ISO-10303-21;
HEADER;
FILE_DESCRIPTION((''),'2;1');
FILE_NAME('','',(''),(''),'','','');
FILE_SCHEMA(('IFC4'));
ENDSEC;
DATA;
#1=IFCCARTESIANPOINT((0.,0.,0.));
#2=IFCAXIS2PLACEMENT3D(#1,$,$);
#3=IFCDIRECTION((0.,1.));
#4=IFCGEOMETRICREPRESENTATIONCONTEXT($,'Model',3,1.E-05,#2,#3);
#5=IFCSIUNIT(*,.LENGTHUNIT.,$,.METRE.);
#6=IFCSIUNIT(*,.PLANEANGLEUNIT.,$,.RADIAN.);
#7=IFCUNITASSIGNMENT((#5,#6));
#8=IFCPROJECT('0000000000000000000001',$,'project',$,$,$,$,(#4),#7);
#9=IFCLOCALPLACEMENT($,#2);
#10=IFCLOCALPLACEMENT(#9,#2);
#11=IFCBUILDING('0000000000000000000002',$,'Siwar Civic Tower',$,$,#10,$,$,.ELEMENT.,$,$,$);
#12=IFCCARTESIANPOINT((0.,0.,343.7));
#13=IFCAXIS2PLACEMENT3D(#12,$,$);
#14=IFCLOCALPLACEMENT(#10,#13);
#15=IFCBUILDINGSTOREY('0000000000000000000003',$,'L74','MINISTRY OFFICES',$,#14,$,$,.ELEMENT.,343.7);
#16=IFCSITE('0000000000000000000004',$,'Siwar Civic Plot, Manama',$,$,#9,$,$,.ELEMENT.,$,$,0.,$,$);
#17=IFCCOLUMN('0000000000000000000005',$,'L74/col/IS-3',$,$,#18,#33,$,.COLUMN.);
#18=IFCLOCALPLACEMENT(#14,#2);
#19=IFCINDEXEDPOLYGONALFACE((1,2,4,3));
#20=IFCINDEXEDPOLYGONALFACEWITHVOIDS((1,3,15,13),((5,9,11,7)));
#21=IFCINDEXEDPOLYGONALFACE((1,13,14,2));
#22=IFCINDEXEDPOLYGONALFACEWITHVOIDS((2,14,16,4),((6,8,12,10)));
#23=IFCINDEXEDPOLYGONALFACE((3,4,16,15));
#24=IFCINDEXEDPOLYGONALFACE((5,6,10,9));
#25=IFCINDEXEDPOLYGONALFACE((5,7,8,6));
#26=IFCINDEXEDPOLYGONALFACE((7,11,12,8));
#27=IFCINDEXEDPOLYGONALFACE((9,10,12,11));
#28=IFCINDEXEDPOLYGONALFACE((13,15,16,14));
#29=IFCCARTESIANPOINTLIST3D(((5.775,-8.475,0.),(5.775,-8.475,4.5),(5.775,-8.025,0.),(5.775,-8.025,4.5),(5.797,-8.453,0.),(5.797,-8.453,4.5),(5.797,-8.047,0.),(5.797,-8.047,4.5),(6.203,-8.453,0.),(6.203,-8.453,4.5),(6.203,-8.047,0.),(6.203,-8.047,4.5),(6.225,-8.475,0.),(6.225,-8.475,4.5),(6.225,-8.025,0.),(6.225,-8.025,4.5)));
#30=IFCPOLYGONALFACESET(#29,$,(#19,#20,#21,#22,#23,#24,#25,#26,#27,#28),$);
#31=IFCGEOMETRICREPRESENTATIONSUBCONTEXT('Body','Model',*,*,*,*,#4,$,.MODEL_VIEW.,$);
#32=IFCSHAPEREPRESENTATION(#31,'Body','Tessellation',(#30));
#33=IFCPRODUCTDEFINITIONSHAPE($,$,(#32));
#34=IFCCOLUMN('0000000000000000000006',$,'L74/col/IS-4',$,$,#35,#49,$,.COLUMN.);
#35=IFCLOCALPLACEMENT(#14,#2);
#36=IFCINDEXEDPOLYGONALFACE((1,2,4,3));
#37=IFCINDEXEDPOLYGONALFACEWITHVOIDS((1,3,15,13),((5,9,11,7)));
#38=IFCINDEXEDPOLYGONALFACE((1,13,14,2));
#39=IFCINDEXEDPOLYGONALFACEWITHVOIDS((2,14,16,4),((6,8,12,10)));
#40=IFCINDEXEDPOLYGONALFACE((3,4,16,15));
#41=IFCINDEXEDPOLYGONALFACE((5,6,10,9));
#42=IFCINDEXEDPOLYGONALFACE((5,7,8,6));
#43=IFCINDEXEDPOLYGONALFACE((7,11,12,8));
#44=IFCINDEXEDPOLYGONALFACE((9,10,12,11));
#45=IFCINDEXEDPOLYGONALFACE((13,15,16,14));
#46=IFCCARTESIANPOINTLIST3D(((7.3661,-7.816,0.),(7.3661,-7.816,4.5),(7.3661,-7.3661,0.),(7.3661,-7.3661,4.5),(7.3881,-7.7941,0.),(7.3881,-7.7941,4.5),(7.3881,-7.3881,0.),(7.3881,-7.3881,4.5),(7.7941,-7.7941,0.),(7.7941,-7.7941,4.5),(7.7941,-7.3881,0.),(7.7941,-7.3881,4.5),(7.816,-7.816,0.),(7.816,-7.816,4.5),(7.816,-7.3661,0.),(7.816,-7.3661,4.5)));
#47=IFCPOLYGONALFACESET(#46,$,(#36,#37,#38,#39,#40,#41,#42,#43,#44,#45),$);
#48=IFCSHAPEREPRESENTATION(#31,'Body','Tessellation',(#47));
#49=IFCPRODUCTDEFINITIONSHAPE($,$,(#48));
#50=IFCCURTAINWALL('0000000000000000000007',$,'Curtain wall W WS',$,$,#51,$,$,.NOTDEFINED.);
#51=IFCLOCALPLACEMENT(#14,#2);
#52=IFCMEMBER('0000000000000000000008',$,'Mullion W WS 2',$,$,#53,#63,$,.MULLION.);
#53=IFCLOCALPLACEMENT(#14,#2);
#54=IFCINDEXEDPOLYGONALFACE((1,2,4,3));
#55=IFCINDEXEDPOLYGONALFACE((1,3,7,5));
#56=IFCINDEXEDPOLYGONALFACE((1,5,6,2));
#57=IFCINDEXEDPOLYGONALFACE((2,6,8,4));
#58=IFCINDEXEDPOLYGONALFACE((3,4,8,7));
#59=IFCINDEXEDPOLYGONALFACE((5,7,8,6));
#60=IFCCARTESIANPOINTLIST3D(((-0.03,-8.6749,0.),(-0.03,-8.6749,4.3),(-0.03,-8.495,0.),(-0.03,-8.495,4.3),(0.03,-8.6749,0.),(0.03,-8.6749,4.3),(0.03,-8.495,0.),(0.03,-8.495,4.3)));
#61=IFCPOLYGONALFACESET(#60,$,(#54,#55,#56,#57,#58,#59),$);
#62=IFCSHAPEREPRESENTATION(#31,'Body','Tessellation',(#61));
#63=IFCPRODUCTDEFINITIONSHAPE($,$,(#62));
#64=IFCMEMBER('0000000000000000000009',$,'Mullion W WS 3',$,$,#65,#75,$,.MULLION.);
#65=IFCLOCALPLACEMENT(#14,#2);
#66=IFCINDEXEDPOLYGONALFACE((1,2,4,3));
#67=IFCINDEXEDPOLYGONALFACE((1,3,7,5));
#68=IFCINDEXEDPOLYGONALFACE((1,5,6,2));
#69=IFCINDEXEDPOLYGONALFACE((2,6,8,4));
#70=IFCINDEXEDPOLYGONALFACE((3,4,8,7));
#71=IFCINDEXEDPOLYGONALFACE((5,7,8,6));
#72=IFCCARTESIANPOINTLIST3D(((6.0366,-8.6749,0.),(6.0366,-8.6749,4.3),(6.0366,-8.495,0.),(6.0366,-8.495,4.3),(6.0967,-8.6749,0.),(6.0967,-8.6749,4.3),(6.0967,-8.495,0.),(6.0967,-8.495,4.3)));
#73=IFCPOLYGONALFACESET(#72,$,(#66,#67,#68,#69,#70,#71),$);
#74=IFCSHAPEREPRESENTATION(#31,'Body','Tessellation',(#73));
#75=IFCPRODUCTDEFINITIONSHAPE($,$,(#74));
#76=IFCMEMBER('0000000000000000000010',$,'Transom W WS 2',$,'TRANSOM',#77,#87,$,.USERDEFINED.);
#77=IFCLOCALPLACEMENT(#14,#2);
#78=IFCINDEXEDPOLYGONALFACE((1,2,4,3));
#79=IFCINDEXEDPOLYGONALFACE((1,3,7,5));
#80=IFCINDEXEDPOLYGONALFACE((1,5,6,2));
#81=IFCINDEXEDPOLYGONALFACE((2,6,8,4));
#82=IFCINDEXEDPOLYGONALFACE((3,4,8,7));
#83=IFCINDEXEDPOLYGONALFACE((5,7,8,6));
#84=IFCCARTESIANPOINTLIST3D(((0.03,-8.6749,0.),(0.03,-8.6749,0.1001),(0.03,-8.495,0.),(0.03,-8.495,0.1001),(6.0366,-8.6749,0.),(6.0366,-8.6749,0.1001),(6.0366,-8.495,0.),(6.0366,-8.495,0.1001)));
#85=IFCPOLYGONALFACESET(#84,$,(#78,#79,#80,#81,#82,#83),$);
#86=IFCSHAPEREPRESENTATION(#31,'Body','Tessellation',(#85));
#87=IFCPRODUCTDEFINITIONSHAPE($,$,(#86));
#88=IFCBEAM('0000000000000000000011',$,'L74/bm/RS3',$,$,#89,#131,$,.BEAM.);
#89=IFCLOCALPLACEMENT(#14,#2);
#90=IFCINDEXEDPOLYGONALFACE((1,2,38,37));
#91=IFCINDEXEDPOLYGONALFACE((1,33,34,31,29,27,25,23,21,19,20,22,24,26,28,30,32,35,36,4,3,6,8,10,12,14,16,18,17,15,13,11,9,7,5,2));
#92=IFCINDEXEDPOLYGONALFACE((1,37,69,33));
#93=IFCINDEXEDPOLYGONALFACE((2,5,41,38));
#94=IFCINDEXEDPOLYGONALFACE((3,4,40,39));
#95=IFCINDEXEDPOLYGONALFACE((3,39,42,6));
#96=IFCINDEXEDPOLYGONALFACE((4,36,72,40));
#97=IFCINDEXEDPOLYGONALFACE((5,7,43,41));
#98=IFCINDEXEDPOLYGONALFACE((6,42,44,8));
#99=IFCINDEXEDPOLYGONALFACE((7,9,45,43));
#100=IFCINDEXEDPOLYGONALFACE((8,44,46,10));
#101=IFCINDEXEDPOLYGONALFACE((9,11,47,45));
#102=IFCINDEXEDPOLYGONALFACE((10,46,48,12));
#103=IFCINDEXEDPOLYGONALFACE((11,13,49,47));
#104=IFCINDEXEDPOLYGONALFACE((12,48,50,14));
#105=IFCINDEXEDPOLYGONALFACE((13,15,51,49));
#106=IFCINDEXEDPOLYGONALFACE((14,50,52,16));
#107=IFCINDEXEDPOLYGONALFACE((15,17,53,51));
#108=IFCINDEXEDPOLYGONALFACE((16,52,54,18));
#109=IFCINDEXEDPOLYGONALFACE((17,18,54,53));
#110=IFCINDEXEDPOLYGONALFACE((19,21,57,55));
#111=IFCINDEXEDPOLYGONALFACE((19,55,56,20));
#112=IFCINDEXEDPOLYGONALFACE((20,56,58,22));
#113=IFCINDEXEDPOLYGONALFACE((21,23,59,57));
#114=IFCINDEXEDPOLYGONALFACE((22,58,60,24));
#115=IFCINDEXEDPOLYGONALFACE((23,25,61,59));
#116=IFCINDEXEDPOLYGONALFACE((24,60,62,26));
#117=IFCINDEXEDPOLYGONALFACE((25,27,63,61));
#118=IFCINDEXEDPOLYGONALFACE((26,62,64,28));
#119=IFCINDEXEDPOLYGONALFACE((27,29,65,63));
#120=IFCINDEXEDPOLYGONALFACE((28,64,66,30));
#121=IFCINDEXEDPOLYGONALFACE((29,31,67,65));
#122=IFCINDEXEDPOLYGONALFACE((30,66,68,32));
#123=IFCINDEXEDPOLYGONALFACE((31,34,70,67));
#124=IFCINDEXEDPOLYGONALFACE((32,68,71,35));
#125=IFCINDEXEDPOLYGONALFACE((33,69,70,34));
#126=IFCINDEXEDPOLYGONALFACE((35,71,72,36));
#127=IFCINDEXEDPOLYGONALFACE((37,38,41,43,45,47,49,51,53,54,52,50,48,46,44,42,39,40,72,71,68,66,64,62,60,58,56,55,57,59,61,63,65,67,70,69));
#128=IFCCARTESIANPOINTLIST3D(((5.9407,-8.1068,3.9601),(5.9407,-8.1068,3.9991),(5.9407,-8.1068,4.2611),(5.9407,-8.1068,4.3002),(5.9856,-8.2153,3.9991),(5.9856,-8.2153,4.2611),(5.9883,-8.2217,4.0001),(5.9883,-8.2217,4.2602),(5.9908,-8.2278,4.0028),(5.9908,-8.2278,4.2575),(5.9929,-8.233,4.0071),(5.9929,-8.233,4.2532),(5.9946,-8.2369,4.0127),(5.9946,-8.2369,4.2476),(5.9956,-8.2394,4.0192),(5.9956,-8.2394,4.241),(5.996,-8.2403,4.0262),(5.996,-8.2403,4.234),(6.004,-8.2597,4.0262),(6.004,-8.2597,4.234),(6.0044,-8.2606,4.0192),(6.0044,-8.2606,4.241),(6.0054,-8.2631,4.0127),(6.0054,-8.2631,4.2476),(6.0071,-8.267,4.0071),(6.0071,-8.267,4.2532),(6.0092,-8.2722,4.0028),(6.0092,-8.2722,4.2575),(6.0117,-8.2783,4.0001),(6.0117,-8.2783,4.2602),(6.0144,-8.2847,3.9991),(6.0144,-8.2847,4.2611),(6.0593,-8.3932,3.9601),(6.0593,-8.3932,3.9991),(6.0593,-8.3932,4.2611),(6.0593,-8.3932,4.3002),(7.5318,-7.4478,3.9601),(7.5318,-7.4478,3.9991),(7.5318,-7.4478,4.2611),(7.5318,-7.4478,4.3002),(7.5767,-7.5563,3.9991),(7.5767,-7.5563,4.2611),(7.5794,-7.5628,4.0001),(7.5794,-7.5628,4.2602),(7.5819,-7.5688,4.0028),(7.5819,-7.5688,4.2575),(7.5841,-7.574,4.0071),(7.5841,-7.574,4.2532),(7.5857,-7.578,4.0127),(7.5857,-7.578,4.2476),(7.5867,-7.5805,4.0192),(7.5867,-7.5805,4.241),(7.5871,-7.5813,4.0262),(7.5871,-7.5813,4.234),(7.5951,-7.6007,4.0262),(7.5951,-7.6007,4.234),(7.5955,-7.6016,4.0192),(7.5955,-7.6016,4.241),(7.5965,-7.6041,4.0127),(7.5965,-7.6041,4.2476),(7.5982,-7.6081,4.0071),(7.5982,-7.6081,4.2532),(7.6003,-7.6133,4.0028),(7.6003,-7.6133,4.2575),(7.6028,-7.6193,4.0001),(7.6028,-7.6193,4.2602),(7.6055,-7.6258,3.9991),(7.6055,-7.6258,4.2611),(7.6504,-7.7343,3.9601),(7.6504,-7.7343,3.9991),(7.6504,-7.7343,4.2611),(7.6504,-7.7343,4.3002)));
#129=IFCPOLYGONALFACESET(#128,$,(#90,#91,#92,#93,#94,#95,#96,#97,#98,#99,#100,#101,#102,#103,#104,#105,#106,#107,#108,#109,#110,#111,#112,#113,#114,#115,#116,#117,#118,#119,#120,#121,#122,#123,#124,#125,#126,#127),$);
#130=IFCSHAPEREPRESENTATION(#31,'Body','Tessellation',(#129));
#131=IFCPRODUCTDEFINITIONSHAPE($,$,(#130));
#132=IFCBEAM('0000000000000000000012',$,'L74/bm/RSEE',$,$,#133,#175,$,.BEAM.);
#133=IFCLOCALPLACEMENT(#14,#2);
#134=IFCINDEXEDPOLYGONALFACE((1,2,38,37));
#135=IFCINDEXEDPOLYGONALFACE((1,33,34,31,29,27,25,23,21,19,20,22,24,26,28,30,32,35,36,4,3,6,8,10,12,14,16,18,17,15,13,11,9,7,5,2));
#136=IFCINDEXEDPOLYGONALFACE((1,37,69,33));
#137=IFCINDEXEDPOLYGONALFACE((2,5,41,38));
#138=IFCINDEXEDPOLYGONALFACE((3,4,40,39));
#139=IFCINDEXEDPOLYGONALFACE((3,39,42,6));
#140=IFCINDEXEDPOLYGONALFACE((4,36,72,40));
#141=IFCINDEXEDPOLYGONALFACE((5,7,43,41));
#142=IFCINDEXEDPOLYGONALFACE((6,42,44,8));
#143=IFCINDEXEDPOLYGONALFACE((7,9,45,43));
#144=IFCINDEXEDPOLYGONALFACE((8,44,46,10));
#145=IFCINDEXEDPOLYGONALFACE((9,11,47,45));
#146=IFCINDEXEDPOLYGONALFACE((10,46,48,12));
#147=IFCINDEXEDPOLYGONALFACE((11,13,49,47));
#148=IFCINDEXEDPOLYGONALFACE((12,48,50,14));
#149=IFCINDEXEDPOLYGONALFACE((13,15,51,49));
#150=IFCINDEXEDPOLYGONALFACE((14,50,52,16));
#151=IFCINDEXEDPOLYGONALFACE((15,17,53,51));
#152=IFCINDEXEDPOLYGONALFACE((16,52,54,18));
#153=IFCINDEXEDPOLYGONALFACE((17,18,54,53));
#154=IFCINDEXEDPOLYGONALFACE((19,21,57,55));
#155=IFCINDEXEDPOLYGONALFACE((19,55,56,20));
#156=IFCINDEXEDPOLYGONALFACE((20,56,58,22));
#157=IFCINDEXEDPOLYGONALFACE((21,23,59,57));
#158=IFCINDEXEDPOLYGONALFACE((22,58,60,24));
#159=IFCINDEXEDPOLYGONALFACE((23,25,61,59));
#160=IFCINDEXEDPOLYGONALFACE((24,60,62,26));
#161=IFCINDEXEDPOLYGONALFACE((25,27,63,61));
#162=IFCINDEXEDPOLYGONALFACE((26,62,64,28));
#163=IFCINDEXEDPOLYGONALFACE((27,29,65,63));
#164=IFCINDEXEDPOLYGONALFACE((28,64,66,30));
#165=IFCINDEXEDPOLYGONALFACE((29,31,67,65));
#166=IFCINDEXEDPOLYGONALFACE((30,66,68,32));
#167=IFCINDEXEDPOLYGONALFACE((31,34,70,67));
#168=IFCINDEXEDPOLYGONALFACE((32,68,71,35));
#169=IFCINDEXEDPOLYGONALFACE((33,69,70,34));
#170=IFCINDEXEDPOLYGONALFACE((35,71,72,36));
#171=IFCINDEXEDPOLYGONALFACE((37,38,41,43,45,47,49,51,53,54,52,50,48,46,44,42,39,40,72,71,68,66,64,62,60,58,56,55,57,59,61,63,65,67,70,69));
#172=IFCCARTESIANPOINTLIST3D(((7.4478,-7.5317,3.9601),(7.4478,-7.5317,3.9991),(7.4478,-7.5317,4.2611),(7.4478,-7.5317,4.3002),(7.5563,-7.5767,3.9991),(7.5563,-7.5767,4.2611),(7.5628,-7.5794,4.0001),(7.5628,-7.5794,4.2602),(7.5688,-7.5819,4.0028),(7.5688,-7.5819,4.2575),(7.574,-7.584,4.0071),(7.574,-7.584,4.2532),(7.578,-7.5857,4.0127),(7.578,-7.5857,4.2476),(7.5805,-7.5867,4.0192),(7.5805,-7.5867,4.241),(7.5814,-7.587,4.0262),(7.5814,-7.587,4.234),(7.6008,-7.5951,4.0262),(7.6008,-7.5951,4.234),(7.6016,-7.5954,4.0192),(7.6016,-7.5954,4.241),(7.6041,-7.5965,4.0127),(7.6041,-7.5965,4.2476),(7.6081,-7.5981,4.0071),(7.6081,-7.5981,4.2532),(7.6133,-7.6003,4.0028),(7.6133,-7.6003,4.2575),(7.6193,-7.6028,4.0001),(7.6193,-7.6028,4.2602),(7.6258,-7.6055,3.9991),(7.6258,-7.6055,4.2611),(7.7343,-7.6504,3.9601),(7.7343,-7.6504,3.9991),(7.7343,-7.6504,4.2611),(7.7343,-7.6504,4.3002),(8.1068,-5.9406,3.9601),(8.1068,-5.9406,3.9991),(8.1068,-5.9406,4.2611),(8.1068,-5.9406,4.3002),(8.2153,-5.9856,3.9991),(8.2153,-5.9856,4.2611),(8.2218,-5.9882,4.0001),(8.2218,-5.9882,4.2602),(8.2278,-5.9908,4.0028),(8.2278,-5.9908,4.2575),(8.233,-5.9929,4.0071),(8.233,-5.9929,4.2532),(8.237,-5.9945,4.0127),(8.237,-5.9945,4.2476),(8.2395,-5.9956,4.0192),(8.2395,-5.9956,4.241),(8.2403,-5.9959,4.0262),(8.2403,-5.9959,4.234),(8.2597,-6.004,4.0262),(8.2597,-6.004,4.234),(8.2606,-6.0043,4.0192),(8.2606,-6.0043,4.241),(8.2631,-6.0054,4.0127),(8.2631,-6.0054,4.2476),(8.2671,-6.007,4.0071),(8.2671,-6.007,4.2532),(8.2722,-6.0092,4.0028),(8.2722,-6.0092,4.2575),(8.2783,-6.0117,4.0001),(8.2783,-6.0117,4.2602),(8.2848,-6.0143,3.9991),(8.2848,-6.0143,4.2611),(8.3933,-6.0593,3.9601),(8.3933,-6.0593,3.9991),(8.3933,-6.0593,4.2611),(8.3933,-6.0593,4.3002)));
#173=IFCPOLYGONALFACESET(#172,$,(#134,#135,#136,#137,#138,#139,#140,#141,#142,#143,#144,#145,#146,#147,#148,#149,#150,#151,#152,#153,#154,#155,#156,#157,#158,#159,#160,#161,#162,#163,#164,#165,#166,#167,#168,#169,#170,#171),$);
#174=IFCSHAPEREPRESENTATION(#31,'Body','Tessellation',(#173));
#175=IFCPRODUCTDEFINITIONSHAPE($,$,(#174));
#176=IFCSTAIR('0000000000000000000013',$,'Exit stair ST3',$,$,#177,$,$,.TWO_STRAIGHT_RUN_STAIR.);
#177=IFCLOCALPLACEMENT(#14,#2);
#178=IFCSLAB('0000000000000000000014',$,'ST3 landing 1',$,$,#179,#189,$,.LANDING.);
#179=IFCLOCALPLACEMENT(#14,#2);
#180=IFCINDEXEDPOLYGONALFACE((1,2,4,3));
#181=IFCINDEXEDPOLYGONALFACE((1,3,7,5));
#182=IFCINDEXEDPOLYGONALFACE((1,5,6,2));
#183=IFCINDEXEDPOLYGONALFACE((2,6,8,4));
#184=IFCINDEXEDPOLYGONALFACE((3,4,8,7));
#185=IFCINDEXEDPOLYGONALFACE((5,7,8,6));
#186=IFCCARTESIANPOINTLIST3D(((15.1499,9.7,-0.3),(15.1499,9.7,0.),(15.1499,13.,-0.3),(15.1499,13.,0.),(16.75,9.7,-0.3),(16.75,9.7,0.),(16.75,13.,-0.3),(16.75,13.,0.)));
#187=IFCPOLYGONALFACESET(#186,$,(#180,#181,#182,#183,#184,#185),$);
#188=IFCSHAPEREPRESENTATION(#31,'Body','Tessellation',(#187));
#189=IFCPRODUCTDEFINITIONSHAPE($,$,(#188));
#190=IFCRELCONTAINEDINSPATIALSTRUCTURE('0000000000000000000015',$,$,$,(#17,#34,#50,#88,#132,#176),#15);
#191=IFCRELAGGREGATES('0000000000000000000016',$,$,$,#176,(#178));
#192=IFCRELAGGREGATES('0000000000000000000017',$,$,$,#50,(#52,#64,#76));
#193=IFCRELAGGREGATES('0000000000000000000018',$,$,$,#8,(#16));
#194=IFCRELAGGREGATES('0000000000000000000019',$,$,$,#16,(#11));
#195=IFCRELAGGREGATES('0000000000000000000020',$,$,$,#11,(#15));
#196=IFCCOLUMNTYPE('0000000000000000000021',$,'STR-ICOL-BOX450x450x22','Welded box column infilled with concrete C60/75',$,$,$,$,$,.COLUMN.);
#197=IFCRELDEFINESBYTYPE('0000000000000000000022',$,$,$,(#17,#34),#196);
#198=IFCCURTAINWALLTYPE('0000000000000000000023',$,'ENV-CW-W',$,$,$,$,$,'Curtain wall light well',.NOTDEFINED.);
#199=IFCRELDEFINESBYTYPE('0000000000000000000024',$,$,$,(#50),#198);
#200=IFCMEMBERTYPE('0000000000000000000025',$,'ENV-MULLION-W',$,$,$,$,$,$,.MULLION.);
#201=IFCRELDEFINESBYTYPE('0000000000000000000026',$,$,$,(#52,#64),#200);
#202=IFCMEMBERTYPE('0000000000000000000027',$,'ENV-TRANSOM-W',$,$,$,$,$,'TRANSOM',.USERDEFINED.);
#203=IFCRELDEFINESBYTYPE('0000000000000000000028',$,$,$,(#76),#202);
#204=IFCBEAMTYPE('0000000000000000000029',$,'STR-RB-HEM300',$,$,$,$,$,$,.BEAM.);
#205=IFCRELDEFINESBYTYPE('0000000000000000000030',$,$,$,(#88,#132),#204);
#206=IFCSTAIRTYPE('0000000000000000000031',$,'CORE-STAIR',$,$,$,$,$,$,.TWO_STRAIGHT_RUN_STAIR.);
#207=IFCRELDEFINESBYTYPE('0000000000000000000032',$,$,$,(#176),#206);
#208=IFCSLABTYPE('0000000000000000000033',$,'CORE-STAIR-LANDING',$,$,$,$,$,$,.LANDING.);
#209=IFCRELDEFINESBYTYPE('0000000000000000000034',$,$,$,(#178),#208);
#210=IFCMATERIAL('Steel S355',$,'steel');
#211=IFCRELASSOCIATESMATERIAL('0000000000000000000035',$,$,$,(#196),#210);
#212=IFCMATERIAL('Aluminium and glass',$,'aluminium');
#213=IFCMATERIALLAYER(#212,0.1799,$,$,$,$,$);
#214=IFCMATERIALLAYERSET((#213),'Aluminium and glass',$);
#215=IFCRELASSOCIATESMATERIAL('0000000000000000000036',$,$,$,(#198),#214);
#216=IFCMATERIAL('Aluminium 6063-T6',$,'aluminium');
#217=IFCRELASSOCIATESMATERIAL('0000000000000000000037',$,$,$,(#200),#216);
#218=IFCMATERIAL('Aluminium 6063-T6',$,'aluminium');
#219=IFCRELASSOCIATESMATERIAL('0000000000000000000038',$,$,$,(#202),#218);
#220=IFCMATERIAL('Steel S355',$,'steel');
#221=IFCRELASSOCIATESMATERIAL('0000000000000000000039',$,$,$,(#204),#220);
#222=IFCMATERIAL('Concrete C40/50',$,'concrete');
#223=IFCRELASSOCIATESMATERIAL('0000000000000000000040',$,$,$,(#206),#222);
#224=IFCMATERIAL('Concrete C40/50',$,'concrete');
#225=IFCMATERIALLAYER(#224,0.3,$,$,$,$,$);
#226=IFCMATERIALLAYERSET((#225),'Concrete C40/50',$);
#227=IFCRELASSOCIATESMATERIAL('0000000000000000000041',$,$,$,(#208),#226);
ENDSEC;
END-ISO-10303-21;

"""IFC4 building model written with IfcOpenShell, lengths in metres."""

from ifc_helpers import new_model, si_unit, direction, frame, origin, origin_2d, place, context, subcontext, project, spatial, polyline, rectangle, hollow_rectangle, i_section, outline, extrude, material, layer, layer_set, material_profile, profile_set, type_object, element, aggregate, save


model = new_model("IFC4")

# Units and contexts
model_context = context("Model", 3, precision=1e-05, world=origin(), true_north=direction((0.0, 1.0)))
body_context = subcontext(model_context, "Body", "Model", "MODEL_VIEW")
ifc_project = project(units=[si_unit("LENGTHUNIT", "METRE"), si_unit("PLANEANGLEUNIT", "RADIAN")], contexts=[model_context])

# Site, building, storey
site_placement = place(None, origin())
site = spatial("IfcSite", under=ifc_project, at=site_placement, Name="Siwar Civic Plot, Manama", CompositionType="ELEMENT", RefElevation=0.0)
building_placement = place(site_placement, origin())
building = spatial("IfcBuilding", under=site, at=building_placement, Name="Siwar Civic Tower", CompositionType="ELEMENT")
storey_placement = place(building_placement, frame((0.0, 0.0, 343.7)))
storey = spatial("IfcBuildingStorey", under=building, at=storey_placement, Name="L74", Description="MINISTRY OFFICES", CompositionType="ELEMENT", Elevation=343.7)

# Columns
ifc_material_1 = material(Name="Steel S355", Category="steel")
ifc_material_profile_1 = material_profile(ifc_material_1, hollow_rectangle(XDim=0.45, YDim=0.45, WallThickness=0.022, at=origin_2d()), Name="BOX450x450x22")
ifc_profile_set_1 = profile_set([ifc_material_profile_1], Name="Steel S355")
column_type = type_object("IfcColumnType", Name="STR-ICOL-BOX450x450x22", Description="Welded box column infilled with concrete C60/75", PredefinedType="COLUMN", material=ifc_profile_set_1)
for number, where, z_axis, x_axis, name in (
    (1, (6.0, -8.25, 0.0), (0.0, 0.0, 1.0), (1.0, 0.0, 0.0), "L74/col/IS-3"),
    (2, (7.5911, -7.5911, 0.0), (0.0, 0.0, 1.0), (1.0, 0.0, 0.0), "L74/col/IS-4"),
):
    element("IfcColumn", number, at=place(storey_placement, frame(where, z_axis=z_axis, x_axis=x_axis)), inside=storey, type_object=column_type, Name=name, PredefinedType="COLUMN", context=body_context, shape_type="SweptSolid", body=[
        extrude(hollow_rectangle(XDim=0.45, YDim=0.45, WallThickness=0.022, at=origin_2d()), origin(), (0.0, 0.0, 1.0), 4.5),
    ])

# Curtain wall, members
ifc_material_2 = material(Name="Aluminium and glass", Category="aluminium")
ifc_layer_1 = layer(ifc_material_2, 0.1799)
ifc_layer_set_1 = layer_set([ifc_layer_1], Name="Aluminium and glass")
curtain_wall_type = type_object("IfcCurtainWallType", Name="ENV-CW-W", ElementType="Curtain wall light well", PredefinedType="NOTDEFINED", material=ifc_layer_set_1)
curtain_wall_placement = place(storey_placement, origin())
curtain_wall = element("IfcCurtainWall", 3, at=curtain_wall_placement, inside=storey, type_object=curtain_wall_type, Name="Curtain wall W WS", PredefinedType="NOTDEFINED")
ifc_material_3 = material(Name="Aluminium 6063-T6", Category="aluminium")
ifc_material_profile_2 = material_profile(ifc_material_3, rectangle(XDim=0.1799, YDim=0.0601, at=origin_2d()), Name="AL 180x60")
ifc_profile_set_2 = profile_set([ifc_material_profile_2], Name="Aluminium 6063-T6")
member_type_1 = type_object("IfcMemberType", Name="ENV-MULLION-W", PredefinedType="MULLION", material=ifc_profile_set_2)
member_1_placement = place(storey_placement, frame((0.0, -8.585, 0.0), z_axis=(0.0, 0.0, 1.0), x_axis=(0.0, 1.0, 0.0)))
member_1 = element("IfcMember", 4, at=member_1_placement, type_object=member_type_1, Name="Mullion W WS 2", PredefinedType="MULLION", context=body_context, shape_type="SweptSolid", body=[
    extrude(rectangle(XDim=0.1799, YDim=0.0601, at=origin_2d()), origin(), (0.0, 0.0, 1.0), 4.3),
])
member_2_placement = place(storey_placement, frame((6.0667, -8.585, 0.0), z_axis=(0.0, 0.0, 1.0), x_axis=(0.0, 1.0, 0.0)))
member_2 = element("IfcMember", 5, at=member_2_placement, type_object=member_type_1, Name="Mullion W WS 3", PredefinedType="MULLION", context=body_context, shape_type="SweptSolid", body=[
    extrude(rectangle(XDim=0.1799, YDim=0.0601, at=origin_2d()), origin(), (0.0, 0.0, 1.0), 4.3),
])
ifc_material_4 = material(Name="Aluminium 6063-T6", Category="aluminium")
ifc_material_profile_3 = material_profile(ifc_material_4, rectangle(XDim=0.1799, YDim=0.1001, at=origin_2d()), Name="AL 180x100")
ifc_profile_set_3 = profile_set([ifc_material_profile_3], Name="Aluminium 6063-T6")
member_type_2 = type_object("IfcMemberType", Name="ENV-TRANSOM-W", ElementType="TRANSOM", PredefinedType="USERDEFINED", material=ifc_profile_set_3)
member_3_placement = place(storey_placement, frame((0.03, -8.585, 0.05), z_axis=(1.0, 0.0, 0.0), x_axis=(0.0, 1.0, 0.0)))
member_3 = element("IfcMember", 6, at=member_3_placement, type_object=member_type_2, Name="Transom W WS 2", ObjectType="TRANSOM", PredefinedType="USERDEFINED", context=body_context, shape_type="SweptSolid", body=[
    extrude(rectangle(XDim=0.1799, YDim=0.1001, at=origin_2d()), origin(), (0.0, 0.0, 1.0), 6.0066),
])

# Beams
ifc_material_5 = material(Name="Steel S355", Category="steel")
ifc_material_profile_4 = material_profile(ifc_material_5, i_section(OverallWidth=0.3101, OverallDepth=0.3401, WebThickness=0.021, FlangeThickness=0.0391, FilletRadius=0.0271, at=origin_2d()), Name="HEM300")
ifc_profile_set_4 = profile_set([ifc_material_profile_4], Name="Steel S355")
beam_type = type_object("IfcBeamType", Name="STR-RB-HEM300", PredefinedType="BEAM", material=ifc_profile_set_4)
for number, where, z_axis, x_axis, name in (
    (7, (6.0, -8.25, 4.1301), (0.923901, 0.382631, 0.0), (-0.382631, 0.923901, 0.0), "L74/bm/RS3"),
    (8, (7.5911, -7.5911, 4.1301), (0.382631, 0.923901, 0.0), (-0.923901, 0.382631, 0.0), "L74/bm/RSEE"),
):
    element("IfcBeam", number, at=place(storey_placement, frame(where, z_axis=z_axis, x_axis=x_axis)), inside=storey, type_object=beam_type, Name=name, PredefinedType="BEAM", context=body_context, shape_type="SweptSolid", body=[
        extrude(i_section(OverallWidth=0.3101, OverallDepth=0.3401, WebThickness=0.021, FlangeThickness=0.0391, FilletRadius=0.0271, at=origin_2d()), origin(), (0.0, 0.0, 1.0), 1.7222),
    ])

# Stair, slab
ifc_material_6 = material(Name="Concrete C40/50", Category="concrete")
stair_type = type_object("IfcStairType", Name="CORE-STAIR", PredefinedType="TWO_STRAIGHT_RUN_STAIR", material=ifc_material_6)
stair_1_placement = place(storey_placement, origin())
stair_1 = element("IfcStair", 9, at=stair_1_placement, inside=storey, type_object=stair_type, Name="Exit stair ST3", PredefinedType="TWO_STRAIGHT_RUN_STAIR")
ifc_material_7 = material(Name="Concrete C40/50", Category="concrete")
ifc_layer_2 = layer(ifc_material_7, 0.3)
ifc_layer_set_2 = layer_set([ifc_layer_2], Name="Concrete C40/50")
slab_type_1 = type_object("IfcSlabType", Name="CORE-STAIR-LANDING", PredefinedType="LANDING", material=ifc_layer_set_2)
slab_1_placement = place(storey_placement, frame((0.0, 0.0, -0.3)))
slab_1 = element("IfcSlab", 10, at=slab_1_placement, type_object=slab_type_1, Name="ST3 landing 1", PredefinedType="LANDING", context=body_context, shape_type="SweptSolid", body=[
    extrude(outline(polyline([(15.1499, 9.7), (16.75, 9.7), (16.75, 13.0), (15.1499, 13.0), (15.1499, 9.7)])), origin(), (0.0, 0.0, 1.0), 0.3),
])
aggregate(stair_1, [slab_1])

aggregate(curtain_wall, [member_1, member_2, member_3])

save(model, "model.ifc")
